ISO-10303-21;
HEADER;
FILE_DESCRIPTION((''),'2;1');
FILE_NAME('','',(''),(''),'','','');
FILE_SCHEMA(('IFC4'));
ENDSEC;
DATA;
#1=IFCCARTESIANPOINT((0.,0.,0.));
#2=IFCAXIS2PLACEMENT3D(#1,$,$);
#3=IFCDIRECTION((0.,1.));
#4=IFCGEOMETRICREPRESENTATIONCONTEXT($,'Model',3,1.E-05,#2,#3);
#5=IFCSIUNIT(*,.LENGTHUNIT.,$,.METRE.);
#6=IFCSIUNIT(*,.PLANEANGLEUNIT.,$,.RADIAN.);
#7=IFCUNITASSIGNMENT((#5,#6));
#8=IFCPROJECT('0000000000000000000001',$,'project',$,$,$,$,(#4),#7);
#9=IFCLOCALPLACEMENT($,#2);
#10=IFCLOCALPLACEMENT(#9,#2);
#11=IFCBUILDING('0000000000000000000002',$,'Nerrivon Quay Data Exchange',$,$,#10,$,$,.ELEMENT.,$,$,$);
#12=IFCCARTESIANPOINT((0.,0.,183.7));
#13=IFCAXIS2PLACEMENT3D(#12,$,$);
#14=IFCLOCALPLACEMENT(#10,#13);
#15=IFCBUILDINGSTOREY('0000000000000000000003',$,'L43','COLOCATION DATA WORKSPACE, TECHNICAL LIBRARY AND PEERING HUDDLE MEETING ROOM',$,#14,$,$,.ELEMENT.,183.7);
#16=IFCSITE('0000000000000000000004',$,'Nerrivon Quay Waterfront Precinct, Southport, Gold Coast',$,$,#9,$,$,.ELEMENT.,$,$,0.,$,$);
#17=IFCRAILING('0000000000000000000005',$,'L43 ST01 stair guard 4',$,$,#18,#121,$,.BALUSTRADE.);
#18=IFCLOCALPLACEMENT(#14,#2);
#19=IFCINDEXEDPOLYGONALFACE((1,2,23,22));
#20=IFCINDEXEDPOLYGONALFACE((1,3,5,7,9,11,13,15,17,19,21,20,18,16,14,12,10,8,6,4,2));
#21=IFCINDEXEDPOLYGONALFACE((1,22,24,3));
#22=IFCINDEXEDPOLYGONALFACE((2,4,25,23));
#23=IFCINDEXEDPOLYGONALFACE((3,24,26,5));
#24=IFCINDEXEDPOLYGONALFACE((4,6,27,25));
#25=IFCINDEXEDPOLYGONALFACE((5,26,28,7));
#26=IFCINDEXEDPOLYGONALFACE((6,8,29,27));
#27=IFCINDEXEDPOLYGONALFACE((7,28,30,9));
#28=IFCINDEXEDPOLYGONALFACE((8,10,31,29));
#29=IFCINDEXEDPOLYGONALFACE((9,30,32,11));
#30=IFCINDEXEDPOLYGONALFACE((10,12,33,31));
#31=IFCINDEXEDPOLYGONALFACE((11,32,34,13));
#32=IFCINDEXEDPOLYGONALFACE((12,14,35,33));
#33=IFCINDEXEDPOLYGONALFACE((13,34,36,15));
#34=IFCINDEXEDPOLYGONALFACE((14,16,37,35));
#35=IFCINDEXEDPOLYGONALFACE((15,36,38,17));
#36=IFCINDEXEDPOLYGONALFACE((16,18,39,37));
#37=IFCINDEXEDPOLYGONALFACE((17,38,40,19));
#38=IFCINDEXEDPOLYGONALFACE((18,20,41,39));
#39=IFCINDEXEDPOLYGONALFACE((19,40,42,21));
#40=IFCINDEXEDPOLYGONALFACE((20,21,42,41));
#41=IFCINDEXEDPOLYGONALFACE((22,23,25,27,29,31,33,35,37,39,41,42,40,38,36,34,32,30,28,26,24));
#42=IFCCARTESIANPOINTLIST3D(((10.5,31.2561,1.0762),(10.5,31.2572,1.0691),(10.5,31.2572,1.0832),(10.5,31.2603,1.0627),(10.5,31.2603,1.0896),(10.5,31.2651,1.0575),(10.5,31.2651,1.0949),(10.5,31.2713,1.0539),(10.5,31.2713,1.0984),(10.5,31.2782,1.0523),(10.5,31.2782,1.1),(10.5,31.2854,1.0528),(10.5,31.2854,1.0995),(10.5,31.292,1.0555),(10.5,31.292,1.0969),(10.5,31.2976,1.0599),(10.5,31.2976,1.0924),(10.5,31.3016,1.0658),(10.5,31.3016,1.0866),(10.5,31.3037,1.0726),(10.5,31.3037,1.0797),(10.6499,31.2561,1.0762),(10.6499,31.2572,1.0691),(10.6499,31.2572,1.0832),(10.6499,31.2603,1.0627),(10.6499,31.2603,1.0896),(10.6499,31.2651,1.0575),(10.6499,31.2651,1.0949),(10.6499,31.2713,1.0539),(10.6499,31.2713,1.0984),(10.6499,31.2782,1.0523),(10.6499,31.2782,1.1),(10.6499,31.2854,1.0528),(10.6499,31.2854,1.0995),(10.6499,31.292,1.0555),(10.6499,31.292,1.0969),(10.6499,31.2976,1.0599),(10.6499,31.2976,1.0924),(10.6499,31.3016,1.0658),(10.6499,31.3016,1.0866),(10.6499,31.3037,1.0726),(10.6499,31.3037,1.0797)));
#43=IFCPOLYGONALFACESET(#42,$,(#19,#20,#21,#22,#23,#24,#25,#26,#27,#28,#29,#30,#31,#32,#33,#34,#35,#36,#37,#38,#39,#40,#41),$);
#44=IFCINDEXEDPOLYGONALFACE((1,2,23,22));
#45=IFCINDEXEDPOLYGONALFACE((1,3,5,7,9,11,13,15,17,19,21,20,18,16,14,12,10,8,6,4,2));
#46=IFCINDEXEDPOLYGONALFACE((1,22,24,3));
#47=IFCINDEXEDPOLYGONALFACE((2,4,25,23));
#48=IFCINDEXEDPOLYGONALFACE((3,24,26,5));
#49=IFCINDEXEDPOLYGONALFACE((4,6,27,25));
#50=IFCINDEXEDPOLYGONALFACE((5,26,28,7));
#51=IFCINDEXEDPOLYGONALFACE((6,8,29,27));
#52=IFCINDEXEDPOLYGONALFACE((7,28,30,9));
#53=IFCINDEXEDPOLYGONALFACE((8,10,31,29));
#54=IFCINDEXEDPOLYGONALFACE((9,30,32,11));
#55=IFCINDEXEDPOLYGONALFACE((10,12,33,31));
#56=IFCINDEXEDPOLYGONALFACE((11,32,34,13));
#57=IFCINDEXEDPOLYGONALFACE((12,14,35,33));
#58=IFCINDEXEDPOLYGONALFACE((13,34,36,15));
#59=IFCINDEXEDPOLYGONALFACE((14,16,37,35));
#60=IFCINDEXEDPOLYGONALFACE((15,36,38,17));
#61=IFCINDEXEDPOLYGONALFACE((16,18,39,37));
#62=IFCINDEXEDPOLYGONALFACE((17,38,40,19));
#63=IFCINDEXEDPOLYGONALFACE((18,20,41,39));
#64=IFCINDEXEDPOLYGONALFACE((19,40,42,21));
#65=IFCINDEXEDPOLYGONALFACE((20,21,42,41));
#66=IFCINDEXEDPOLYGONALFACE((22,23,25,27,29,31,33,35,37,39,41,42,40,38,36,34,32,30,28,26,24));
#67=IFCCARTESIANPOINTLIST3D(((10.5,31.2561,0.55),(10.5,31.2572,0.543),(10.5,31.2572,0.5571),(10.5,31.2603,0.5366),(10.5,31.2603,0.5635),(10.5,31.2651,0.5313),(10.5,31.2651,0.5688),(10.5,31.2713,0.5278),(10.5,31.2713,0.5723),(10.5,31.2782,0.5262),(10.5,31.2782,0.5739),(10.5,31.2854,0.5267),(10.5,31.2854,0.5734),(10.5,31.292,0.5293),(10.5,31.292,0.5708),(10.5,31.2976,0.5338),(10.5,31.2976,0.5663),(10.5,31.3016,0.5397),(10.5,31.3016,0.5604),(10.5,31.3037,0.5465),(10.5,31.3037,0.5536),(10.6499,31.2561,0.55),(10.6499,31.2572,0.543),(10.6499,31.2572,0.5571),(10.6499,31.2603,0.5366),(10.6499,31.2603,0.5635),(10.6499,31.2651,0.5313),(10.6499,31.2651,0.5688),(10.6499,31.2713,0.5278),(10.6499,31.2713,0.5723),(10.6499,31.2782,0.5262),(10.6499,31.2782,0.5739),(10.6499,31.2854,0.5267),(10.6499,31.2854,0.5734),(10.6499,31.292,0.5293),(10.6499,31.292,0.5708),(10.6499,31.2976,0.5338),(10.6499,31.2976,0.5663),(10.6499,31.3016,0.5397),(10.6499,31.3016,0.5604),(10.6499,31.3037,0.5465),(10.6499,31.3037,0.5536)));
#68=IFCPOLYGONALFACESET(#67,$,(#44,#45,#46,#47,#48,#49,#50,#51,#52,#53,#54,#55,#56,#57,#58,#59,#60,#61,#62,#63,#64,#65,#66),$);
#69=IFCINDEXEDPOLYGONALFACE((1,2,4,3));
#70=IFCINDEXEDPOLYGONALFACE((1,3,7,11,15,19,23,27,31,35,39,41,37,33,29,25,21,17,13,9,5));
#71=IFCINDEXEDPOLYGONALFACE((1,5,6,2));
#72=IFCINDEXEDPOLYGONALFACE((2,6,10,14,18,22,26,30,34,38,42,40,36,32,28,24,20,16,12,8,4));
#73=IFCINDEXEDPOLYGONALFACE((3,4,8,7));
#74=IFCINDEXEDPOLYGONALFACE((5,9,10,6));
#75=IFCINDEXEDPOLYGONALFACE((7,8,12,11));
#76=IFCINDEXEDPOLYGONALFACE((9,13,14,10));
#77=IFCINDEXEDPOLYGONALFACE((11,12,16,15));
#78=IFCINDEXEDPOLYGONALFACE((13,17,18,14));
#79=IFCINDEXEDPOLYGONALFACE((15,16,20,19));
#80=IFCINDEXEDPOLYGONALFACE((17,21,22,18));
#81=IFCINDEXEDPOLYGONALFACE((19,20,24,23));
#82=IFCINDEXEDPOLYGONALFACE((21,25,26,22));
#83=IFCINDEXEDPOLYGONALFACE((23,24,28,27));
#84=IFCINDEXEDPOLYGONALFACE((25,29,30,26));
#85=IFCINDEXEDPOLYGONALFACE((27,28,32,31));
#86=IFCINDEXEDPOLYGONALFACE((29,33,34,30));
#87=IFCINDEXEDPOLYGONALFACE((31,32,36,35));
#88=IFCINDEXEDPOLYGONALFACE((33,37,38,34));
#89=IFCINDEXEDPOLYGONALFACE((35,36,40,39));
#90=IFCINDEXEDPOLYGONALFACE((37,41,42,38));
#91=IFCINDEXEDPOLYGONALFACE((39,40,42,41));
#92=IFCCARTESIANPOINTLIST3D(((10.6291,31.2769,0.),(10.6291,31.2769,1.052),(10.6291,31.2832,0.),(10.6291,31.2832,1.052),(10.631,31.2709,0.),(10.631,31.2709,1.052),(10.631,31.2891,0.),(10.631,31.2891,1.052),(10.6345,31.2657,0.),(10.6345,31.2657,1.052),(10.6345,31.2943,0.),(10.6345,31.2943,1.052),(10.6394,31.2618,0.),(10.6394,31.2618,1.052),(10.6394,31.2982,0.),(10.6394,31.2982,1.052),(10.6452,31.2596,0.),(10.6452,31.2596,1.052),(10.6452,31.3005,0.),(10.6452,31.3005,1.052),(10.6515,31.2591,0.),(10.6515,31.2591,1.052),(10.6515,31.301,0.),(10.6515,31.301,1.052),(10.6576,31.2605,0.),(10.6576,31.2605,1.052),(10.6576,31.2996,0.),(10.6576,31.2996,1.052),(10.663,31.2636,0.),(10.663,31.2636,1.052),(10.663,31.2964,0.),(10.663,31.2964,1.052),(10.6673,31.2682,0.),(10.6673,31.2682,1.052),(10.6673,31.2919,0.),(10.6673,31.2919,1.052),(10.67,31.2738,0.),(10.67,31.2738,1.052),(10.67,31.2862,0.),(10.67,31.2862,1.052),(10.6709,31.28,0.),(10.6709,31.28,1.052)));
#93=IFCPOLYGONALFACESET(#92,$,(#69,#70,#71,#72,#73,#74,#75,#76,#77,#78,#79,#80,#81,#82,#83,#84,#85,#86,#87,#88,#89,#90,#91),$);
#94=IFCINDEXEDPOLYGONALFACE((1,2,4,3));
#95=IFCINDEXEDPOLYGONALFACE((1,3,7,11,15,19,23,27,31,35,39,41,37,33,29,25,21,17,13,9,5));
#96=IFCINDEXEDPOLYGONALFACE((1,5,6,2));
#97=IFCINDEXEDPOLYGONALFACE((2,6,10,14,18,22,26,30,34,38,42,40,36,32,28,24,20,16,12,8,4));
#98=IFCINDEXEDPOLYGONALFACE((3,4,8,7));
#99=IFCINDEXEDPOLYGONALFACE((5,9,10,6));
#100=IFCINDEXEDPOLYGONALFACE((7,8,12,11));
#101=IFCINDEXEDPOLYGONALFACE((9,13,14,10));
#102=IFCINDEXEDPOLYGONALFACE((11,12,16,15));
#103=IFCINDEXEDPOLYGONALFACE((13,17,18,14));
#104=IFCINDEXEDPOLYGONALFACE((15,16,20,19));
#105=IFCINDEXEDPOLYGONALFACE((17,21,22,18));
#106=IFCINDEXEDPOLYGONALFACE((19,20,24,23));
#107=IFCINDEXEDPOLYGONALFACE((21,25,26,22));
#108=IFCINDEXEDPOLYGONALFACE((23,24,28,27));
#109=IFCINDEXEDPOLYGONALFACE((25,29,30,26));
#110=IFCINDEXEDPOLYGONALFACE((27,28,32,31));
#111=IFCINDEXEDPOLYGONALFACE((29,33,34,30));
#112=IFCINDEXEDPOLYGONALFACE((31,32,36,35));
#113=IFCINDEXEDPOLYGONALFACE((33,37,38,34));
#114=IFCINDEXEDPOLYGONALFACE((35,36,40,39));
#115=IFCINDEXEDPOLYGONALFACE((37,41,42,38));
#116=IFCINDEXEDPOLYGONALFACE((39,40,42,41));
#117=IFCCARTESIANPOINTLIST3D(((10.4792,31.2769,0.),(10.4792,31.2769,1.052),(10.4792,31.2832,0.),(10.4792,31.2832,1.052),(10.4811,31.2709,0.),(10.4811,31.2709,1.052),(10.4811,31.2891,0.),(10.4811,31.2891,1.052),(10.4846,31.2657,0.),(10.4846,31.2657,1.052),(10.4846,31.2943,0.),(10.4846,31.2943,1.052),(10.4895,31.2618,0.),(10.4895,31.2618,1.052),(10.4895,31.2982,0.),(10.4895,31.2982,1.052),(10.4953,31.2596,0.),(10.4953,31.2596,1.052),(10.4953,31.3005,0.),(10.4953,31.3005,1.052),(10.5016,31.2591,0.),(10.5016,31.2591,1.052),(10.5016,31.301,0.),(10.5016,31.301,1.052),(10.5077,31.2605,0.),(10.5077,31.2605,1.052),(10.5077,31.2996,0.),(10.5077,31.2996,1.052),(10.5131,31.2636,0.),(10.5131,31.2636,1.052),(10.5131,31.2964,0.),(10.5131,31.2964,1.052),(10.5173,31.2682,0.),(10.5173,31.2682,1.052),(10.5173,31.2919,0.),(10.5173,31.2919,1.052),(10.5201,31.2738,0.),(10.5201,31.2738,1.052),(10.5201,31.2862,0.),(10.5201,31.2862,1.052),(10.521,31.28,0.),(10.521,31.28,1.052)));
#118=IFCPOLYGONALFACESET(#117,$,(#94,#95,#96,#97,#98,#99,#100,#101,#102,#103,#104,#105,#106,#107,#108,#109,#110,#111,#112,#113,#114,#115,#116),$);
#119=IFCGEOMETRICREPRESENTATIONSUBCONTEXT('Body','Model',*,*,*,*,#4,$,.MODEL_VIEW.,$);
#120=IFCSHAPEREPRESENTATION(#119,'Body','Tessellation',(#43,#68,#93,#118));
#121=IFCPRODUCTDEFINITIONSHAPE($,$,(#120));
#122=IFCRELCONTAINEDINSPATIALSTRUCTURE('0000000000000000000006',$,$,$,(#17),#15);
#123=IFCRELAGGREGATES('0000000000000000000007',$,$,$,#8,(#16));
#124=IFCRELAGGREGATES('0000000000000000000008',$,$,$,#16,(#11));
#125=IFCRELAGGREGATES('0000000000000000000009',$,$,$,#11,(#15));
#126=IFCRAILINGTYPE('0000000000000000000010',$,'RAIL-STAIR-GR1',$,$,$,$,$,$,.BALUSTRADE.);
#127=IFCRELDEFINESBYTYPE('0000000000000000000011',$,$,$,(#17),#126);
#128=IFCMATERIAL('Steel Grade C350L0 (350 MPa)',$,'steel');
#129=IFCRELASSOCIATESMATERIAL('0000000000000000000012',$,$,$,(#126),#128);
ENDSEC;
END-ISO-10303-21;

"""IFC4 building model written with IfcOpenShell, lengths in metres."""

from ifc_helpers import new_model, si_unit, direction, frame, origin, origin_2d, place, context, subcontext, project, spatial, circle, extrude, material, type_object, element, save


model = new_model("IFC4")

# Units and contexts
model_context = context("Model", 3, precision=1e-05, world=origin(), true_north=direction((0.0, 1.0)))
body_context = subcontext(model_context, "Body", "Model", "MODEL_VIEW")
ifc_project = project(units=[si_unit("LENGTHUNIT", "METRE"), si_unit("PLANEANGLEUNIT", "RADIAN")], contexts=[model_context])

# Site, building, storey
site_placement = place(None, origin())
site = spatial("IfcSite", under=ifc_project, at=site_placement, Name="Nerrivon Quay Waterfront Precinct, Southport, Gold Coast", CompositionType="ELEMENT", RefElevation=0.0)
building_placement = place(site_placement, origin())
building = spatial("IfcBuilding", under=site, at=building_placement, Name="Nerrivon Quay Data Exchange", CompositionType="ELEMENT")
storey_placement = place(building_placement, frame((0.0, 0.0, 183.7)))
storey = spatial("IfcBuildingStorey", under=building, at=storey_placement, Name="L43", Description="COLOCATION DATA WORKSPACE, TECHNICAL LIBRARY AND PEERING HUDDLE MEETING ROOM", CompositionType="ELEMENT", Elevation=183.7)

# Railing
ifc_material_1 = material(Name="Steel Grade C350L0 (350 MPa)", Category="steel")
railing_type_1 = type_object("IfcRailingType", Name="RAIL-STAIR-GR1", PredefinedType="BALUSTRADE", material=ifc_material_1)
railing_1_placement = place(storey_placement, frame((10.6499, 31.28, 0.0)))
element("IfcRailing", 1, at=railing_1_placement, inside=storey, type_object=railing_type_1, Name="L43 ST01 stair guard 4", PredefinedType="BALUSTRADE", context=body_context, shape_type="SweptSolid", body=[
    extrude(circle(Radius=0.0239, at=origin_2d()), frame((0.0, 0.0, 1.0762), z_axis=(-1.0, 0.0, 0.0), x_axis=(0.0, -1.0, 0.0)), (0.0, 0.0, 1.0), 0.1499),
    extrude(circle(Radius=0.0239, at=origin_2d()), frame((0.0, 0.0, 0.55), z_axis=(-1.0, 0.0, 0.0), x_axis=(0.0, -1.0, 0.0)), (0.0, 0.0, 1.0), 0.1499),
    extrude(circle(Radius=0.021, at=origin_2d()), origin(), (0.0, 0.0, 1.0), 1.052),
    extrude(circle(Radius=0.021, at=origin_2d()), frame((-0.1499, 0.0, 0.0)), (0.0, 0.0, 1.0), 1.052),
])

save(model, "model.ifc")
